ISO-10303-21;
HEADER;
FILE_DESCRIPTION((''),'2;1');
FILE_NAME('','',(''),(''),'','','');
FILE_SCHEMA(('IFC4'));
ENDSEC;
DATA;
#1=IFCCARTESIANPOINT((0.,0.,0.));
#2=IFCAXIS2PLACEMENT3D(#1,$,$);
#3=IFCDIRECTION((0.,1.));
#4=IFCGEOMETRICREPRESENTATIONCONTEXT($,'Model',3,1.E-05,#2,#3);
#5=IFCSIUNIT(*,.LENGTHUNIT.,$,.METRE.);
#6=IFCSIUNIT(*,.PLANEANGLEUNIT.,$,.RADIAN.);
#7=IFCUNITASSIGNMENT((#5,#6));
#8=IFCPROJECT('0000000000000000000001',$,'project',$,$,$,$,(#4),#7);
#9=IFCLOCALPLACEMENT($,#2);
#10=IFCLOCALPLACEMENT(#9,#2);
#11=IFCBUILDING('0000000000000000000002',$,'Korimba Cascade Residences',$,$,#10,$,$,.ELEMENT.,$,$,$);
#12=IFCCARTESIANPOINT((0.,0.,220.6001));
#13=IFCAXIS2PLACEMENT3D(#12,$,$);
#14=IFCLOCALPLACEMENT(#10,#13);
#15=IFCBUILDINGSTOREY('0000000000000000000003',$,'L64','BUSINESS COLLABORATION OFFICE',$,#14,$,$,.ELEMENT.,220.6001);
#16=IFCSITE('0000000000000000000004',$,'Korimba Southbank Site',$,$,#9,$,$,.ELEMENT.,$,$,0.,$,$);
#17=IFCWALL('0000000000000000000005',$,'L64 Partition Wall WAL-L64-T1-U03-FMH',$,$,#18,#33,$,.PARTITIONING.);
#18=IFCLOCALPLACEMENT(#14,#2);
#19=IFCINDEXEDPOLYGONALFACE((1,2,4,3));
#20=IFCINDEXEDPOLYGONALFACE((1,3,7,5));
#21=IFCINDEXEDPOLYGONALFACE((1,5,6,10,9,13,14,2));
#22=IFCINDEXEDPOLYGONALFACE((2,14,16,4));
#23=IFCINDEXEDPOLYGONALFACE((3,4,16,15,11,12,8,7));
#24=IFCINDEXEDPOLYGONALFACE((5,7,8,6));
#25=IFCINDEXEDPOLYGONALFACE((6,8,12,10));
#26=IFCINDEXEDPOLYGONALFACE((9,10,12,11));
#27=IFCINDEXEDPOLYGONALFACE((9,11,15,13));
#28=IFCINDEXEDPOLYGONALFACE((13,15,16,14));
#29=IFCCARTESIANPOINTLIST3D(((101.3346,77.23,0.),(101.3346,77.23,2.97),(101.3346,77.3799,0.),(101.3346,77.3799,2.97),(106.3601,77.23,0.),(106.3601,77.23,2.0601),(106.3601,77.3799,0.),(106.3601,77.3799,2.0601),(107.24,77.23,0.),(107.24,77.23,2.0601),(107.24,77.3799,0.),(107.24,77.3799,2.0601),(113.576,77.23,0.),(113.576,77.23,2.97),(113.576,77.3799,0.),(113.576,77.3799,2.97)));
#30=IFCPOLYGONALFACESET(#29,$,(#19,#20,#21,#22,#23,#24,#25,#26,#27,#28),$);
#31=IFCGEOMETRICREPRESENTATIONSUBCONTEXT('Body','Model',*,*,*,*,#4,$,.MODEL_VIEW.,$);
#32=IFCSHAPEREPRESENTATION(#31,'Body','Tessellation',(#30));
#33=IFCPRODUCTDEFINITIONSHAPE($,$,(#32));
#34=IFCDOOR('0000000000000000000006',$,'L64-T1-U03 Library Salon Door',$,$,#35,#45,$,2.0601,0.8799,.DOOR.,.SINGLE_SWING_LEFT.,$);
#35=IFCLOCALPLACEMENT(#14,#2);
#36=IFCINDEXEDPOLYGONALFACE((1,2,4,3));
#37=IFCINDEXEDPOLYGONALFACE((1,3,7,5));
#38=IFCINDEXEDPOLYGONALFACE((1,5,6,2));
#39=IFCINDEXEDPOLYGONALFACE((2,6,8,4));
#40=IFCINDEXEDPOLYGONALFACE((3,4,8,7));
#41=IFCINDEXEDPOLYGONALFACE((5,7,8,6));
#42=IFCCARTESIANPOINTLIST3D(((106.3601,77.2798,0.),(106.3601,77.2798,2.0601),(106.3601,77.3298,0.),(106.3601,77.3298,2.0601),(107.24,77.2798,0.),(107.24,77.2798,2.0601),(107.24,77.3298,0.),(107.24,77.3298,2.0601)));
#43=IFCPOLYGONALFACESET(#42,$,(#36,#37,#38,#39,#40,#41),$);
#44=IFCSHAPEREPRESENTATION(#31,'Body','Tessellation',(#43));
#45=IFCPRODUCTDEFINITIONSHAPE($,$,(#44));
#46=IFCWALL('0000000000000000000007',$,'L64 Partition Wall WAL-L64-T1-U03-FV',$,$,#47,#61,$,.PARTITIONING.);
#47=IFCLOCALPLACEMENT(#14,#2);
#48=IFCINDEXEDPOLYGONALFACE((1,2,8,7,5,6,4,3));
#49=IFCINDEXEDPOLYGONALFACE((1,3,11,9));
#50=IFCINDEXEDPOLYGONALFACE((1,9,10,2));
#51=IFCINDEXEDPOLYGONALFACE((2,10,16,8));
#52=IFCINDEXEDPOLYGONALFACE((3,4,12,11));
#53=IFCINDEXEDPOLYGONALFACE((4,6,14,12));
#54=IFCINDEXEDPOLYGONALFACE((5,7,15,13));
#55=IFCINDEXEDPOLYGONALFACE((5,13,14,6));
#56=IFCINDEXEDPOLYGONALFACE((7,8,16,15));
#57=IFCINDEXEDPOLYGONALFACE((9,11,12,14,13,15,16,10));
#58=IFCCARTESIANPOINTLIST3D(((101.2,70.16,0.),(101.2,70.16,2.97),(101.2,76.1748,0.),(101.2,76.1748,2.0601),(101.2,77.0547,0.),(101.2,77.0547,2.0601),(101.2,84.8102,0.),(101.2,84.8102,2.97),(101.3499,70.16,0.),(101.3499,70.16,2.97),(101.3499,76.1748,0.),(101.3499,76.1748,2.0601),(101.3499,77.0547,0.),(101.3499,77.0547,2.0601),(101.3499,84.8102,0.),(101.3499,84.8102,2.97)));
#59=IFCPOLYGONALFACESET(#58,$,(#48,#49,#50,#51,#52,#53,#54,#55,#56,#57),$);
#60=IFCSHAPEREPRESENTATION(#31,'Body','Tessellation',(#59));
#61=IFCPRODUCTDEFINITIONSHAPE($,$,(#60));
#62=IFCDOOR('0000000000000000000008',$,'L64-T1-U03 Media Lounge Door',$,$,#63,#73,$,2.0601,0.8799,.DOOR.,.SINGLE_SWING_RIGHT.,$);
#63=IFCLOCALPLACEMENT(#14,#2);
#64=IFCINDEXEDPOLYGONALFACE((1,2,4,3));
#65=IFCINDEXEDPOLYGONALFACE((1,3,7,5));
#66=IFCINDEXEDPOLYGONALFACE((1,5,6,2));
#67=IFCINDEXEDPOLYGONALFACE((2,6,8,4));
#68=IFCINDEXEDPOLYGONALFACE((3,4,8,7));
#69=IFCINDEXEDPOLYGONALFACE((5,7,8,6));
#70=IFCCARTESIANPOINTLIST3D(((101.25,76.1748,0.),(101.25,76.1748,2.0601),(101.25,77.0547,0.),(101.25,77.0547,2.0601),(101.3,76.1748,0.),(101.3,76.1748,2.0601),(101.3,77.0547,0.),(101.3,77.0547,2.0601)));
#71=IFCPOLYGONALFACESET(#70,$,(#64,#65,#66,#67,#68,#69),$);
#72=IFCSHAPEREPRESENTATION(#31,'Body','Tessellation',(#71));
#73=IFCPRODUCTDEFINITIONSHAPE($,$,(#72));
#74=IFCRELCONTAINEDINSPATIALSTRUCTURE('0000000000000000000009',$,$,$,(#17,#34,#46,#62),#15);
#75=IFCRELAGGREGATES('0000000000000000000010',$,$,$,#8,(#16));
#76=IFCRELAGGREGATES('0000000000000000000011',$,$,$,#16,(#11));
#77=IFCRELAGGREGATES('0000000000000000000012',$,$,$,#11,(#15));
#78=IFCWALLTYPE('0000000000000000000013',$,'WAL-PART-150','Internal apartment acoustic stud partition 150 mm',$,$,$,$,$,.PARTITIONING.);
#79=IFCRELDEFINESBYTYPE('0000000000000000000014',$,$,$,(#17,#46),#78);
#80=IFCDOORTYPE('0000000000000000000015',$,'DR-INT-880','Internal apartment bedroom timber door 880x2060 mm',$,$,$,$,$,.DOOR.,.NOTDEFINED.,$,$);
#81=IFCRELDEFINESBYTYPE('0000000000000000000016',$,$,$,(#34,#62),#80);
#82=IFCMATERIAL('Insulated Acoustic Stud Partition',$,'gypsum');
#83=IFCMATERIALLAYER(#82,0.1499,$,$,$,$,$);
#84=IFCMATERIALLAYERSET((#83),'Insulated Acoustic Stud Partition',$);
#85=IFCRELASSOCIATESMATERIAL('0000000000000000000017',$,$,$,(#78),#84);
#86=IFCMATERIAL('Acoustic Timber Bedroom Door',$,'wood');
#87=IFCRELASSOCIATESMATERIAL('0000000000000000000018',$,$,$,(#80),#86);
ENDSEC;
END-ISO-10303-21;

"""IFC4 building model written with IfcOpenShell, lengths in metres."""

from ifc_helpers import new_model, si_unit, direction, frame, frame_2d, origin, place, context, subcontext, project, spatial, rectangle, extrude, material, layer, layer_set, type_object, element, fill, save


model = new_model("IFC4")

# Units and contexts
model_context = context("Model", 3, precision=1e-05, world=origin(), true_north=direction((0.0, 1.0)))
body_context = subcontext(model_context, "Body", "Model", "MODEL_VIEW")
ifc_project = project(units=[si_unit("LENGTHUNIT", "METRE"), si_unit("PLANEANGLEUNIT", "RADIAN")], contexts=[model_context])

# Site, building, storey
site_placement = place(None, origin())
site = spatial("IfcSite", under=ifc_project, at=site_placement, Name="Korimba Southbank Site", CompositionType="ELEMENT", RefElevation=0.0)
building_placement = place(site_placement, origin())
building = spatial("IfcBuilding", under=site, at=building_placement, Name="Korimba Cascade Residences", CompositionType="ELEMENT")
storey_placement = place(building_placement, frame((0.0, 0.0, 220.6001)))
storey = spatial("IfcBuildingStorey", under=building, at=storey_placement, Name="L64", Description="BUSINESS COLLABORATION OFFICE", CompositionType="ELEMENT", Elevation=220.6001)

# Shared definitions
ifc_material_1 = material(Name="Insulated Acoustic Stud Partition", Category="gypsum")
ifc_layer_1 = layer(ifc_material_1, 0.1499)
ifc_layer_set_1 = layer_set([ifc_layer_1], Name="Insulated Acoustic Stud Partition")
wall_type_1 = type_object("IfcWallType", Name="WAL-PART-150", Description="Internal apartment acoustic stud partition 150 mm", PredefinedType="PARTITIONING", material=ifc_layer_set_1)

# Shared definitions
ifc_material_2 = material(Name="Acoustic Timber Bedroom Door", Category="wood")
door_type_1 = type_object("IfcDoorType", Name="DR-INT-880", Description="Internal apartment bedroom timber door 880x2060 mm", OperationType="NOTDEFINED", PredefinedType="DOOR", material=ifc_material_2)

# Walls, openings, doors
wall_1_placement = place(storey_placement, frame((101.3347, 77.3049, 0.0), z_axis=(0.0, 0.0, 1.0), x_axis=(1.0, 0.0, 0.0)))
wall_1 = element("IfcWall", 1, at=wall_1_placement, inside=storey, type_object=wall_type_1, Name="L64 Partition Wall WAL-L64-T1-U03-FMH", PredefinedType="PARTITIONING", context=body_context, shape_type="SweptSolid", body=[
    extrude(rectangle(XDim=12.2415, YDim=0.1499, at=frame_2d((6.1206, 0.0))), origin(), (0.0, 0.0, 1.0), 2.97),
])
opening_1_placement = place(wall_1_placement, frame((5.0254, 0.0, 0.0)))
opening_1 = element("IfcOpeningElement", 2, at=opening_1_placement, cuts=wall_1, PredefinedType="OPENING", context=body_context, shape_type="SweptSolid", body=[
    extrude(rectangle(XDim=0.8799, YDim=2.0601, at=frame_2d((0.4399, 1.03))), frame((0.0, 0.085, 0.0), z_axis=(0.0, -1.0, 0.0), x_axis=(1.0, 0.0, 0.0)), (0.0, 0.0, 1.0), 0.1699),
])
door_1_placement = place(opening_1_placement, origin())
door_1 = element("IfcDoor", 3, at=door_1_placement, inside=storey, type_object=door_type_1, Name="L64-T1-U03 Library Salon Door", OperationType="SINGLE_SWING_LEFT", OverallHeight=2.0601, OverallWidth=0.8799, PredefinedType="DOOR", context=body_context, shape_type="SweptSolid", body=[
    extrude(rectangle(XDim=0.8799, YDim=2.0601, at=frame_2d((0.4399, 1.03))), frame((0.0, 0.0249, 0.0), z_axis=(0.0, -1.0, 0.0), x_axis=(1.0, 0.0, 0.0)), (0.0, 0.0, 1.0), 0.05),
])
fill(opening_1, door_1)
wall_2_placement = place(storey_placement, frame((101.2749, 70.1599, 0.0), z_axis=(0.0, 0.0, 1.0), x_axis=(0.0, 1.0, 0.0)))
wall_2 = element("IfcWall", 4, at=wall_2_placement, inside=storey, type_object=wall_type_1, Name="L64 Partition Wall WAL-L64-T1-U03-FV", PredefinedType="PARTITIONING", context=body_context, shape_type="SweptSolid", body=[
    extrude(rectangle(XDim=14.6501, YDim=0.1499, at=frame_2d((7.3252, 0.0))), origin(), (0.0, 0.0, 1.0), 2.97),
])
opening_2_placement = place(wall_2_placement, frame((6.0149, 0.0, 0.0)))
opening_2 = element("IfcOpeningElement", 5, at=opening_2_placement, cuts=wall_2, PredefinedType="OPENING", context=body_context, shape_type="SweptSolid", body=[
    extrude(rectangle(XDim=0.8799, YDim=2.0601, at=frame_2d((0.4399, 1.03))), frame((0.0, 0.085, 0.0), z_axis=(0.0, -1.0, 0.0), x_axis=(1.0, 0.0, 0.0)), (0.0, 0.0, 1.0), 0.1699),
])
door_2_placement = place(opening_2_placement, origin())
door_2 = element("IfcDoor", 6, at=door_2_placement, inside=storey, type_object=door_type_1, Name="L64-T1-U03 Media Lounge Door", OperationType="SINGLE_SWING_RIGHT", OverallHeight=2.0601, OverallWidth=0.8799, PredefinedType="DOOR", context=body_context, shape_type="SweptSolid", body=[
    extrude(rectangle(XDim=0.8799, YDim=2.0601, at=frame_2d((0.4399, 1.03))), frame((0.0, 0.0249, 0.0), z_axis=(0.0, -1.0, 0.0), x_axis=(1.0, 0.0, 0.0)), (0.0, 0.0, 1.0), 0.05),
])
fill(opening_2, door_2)

save(model, "model.ifc")
